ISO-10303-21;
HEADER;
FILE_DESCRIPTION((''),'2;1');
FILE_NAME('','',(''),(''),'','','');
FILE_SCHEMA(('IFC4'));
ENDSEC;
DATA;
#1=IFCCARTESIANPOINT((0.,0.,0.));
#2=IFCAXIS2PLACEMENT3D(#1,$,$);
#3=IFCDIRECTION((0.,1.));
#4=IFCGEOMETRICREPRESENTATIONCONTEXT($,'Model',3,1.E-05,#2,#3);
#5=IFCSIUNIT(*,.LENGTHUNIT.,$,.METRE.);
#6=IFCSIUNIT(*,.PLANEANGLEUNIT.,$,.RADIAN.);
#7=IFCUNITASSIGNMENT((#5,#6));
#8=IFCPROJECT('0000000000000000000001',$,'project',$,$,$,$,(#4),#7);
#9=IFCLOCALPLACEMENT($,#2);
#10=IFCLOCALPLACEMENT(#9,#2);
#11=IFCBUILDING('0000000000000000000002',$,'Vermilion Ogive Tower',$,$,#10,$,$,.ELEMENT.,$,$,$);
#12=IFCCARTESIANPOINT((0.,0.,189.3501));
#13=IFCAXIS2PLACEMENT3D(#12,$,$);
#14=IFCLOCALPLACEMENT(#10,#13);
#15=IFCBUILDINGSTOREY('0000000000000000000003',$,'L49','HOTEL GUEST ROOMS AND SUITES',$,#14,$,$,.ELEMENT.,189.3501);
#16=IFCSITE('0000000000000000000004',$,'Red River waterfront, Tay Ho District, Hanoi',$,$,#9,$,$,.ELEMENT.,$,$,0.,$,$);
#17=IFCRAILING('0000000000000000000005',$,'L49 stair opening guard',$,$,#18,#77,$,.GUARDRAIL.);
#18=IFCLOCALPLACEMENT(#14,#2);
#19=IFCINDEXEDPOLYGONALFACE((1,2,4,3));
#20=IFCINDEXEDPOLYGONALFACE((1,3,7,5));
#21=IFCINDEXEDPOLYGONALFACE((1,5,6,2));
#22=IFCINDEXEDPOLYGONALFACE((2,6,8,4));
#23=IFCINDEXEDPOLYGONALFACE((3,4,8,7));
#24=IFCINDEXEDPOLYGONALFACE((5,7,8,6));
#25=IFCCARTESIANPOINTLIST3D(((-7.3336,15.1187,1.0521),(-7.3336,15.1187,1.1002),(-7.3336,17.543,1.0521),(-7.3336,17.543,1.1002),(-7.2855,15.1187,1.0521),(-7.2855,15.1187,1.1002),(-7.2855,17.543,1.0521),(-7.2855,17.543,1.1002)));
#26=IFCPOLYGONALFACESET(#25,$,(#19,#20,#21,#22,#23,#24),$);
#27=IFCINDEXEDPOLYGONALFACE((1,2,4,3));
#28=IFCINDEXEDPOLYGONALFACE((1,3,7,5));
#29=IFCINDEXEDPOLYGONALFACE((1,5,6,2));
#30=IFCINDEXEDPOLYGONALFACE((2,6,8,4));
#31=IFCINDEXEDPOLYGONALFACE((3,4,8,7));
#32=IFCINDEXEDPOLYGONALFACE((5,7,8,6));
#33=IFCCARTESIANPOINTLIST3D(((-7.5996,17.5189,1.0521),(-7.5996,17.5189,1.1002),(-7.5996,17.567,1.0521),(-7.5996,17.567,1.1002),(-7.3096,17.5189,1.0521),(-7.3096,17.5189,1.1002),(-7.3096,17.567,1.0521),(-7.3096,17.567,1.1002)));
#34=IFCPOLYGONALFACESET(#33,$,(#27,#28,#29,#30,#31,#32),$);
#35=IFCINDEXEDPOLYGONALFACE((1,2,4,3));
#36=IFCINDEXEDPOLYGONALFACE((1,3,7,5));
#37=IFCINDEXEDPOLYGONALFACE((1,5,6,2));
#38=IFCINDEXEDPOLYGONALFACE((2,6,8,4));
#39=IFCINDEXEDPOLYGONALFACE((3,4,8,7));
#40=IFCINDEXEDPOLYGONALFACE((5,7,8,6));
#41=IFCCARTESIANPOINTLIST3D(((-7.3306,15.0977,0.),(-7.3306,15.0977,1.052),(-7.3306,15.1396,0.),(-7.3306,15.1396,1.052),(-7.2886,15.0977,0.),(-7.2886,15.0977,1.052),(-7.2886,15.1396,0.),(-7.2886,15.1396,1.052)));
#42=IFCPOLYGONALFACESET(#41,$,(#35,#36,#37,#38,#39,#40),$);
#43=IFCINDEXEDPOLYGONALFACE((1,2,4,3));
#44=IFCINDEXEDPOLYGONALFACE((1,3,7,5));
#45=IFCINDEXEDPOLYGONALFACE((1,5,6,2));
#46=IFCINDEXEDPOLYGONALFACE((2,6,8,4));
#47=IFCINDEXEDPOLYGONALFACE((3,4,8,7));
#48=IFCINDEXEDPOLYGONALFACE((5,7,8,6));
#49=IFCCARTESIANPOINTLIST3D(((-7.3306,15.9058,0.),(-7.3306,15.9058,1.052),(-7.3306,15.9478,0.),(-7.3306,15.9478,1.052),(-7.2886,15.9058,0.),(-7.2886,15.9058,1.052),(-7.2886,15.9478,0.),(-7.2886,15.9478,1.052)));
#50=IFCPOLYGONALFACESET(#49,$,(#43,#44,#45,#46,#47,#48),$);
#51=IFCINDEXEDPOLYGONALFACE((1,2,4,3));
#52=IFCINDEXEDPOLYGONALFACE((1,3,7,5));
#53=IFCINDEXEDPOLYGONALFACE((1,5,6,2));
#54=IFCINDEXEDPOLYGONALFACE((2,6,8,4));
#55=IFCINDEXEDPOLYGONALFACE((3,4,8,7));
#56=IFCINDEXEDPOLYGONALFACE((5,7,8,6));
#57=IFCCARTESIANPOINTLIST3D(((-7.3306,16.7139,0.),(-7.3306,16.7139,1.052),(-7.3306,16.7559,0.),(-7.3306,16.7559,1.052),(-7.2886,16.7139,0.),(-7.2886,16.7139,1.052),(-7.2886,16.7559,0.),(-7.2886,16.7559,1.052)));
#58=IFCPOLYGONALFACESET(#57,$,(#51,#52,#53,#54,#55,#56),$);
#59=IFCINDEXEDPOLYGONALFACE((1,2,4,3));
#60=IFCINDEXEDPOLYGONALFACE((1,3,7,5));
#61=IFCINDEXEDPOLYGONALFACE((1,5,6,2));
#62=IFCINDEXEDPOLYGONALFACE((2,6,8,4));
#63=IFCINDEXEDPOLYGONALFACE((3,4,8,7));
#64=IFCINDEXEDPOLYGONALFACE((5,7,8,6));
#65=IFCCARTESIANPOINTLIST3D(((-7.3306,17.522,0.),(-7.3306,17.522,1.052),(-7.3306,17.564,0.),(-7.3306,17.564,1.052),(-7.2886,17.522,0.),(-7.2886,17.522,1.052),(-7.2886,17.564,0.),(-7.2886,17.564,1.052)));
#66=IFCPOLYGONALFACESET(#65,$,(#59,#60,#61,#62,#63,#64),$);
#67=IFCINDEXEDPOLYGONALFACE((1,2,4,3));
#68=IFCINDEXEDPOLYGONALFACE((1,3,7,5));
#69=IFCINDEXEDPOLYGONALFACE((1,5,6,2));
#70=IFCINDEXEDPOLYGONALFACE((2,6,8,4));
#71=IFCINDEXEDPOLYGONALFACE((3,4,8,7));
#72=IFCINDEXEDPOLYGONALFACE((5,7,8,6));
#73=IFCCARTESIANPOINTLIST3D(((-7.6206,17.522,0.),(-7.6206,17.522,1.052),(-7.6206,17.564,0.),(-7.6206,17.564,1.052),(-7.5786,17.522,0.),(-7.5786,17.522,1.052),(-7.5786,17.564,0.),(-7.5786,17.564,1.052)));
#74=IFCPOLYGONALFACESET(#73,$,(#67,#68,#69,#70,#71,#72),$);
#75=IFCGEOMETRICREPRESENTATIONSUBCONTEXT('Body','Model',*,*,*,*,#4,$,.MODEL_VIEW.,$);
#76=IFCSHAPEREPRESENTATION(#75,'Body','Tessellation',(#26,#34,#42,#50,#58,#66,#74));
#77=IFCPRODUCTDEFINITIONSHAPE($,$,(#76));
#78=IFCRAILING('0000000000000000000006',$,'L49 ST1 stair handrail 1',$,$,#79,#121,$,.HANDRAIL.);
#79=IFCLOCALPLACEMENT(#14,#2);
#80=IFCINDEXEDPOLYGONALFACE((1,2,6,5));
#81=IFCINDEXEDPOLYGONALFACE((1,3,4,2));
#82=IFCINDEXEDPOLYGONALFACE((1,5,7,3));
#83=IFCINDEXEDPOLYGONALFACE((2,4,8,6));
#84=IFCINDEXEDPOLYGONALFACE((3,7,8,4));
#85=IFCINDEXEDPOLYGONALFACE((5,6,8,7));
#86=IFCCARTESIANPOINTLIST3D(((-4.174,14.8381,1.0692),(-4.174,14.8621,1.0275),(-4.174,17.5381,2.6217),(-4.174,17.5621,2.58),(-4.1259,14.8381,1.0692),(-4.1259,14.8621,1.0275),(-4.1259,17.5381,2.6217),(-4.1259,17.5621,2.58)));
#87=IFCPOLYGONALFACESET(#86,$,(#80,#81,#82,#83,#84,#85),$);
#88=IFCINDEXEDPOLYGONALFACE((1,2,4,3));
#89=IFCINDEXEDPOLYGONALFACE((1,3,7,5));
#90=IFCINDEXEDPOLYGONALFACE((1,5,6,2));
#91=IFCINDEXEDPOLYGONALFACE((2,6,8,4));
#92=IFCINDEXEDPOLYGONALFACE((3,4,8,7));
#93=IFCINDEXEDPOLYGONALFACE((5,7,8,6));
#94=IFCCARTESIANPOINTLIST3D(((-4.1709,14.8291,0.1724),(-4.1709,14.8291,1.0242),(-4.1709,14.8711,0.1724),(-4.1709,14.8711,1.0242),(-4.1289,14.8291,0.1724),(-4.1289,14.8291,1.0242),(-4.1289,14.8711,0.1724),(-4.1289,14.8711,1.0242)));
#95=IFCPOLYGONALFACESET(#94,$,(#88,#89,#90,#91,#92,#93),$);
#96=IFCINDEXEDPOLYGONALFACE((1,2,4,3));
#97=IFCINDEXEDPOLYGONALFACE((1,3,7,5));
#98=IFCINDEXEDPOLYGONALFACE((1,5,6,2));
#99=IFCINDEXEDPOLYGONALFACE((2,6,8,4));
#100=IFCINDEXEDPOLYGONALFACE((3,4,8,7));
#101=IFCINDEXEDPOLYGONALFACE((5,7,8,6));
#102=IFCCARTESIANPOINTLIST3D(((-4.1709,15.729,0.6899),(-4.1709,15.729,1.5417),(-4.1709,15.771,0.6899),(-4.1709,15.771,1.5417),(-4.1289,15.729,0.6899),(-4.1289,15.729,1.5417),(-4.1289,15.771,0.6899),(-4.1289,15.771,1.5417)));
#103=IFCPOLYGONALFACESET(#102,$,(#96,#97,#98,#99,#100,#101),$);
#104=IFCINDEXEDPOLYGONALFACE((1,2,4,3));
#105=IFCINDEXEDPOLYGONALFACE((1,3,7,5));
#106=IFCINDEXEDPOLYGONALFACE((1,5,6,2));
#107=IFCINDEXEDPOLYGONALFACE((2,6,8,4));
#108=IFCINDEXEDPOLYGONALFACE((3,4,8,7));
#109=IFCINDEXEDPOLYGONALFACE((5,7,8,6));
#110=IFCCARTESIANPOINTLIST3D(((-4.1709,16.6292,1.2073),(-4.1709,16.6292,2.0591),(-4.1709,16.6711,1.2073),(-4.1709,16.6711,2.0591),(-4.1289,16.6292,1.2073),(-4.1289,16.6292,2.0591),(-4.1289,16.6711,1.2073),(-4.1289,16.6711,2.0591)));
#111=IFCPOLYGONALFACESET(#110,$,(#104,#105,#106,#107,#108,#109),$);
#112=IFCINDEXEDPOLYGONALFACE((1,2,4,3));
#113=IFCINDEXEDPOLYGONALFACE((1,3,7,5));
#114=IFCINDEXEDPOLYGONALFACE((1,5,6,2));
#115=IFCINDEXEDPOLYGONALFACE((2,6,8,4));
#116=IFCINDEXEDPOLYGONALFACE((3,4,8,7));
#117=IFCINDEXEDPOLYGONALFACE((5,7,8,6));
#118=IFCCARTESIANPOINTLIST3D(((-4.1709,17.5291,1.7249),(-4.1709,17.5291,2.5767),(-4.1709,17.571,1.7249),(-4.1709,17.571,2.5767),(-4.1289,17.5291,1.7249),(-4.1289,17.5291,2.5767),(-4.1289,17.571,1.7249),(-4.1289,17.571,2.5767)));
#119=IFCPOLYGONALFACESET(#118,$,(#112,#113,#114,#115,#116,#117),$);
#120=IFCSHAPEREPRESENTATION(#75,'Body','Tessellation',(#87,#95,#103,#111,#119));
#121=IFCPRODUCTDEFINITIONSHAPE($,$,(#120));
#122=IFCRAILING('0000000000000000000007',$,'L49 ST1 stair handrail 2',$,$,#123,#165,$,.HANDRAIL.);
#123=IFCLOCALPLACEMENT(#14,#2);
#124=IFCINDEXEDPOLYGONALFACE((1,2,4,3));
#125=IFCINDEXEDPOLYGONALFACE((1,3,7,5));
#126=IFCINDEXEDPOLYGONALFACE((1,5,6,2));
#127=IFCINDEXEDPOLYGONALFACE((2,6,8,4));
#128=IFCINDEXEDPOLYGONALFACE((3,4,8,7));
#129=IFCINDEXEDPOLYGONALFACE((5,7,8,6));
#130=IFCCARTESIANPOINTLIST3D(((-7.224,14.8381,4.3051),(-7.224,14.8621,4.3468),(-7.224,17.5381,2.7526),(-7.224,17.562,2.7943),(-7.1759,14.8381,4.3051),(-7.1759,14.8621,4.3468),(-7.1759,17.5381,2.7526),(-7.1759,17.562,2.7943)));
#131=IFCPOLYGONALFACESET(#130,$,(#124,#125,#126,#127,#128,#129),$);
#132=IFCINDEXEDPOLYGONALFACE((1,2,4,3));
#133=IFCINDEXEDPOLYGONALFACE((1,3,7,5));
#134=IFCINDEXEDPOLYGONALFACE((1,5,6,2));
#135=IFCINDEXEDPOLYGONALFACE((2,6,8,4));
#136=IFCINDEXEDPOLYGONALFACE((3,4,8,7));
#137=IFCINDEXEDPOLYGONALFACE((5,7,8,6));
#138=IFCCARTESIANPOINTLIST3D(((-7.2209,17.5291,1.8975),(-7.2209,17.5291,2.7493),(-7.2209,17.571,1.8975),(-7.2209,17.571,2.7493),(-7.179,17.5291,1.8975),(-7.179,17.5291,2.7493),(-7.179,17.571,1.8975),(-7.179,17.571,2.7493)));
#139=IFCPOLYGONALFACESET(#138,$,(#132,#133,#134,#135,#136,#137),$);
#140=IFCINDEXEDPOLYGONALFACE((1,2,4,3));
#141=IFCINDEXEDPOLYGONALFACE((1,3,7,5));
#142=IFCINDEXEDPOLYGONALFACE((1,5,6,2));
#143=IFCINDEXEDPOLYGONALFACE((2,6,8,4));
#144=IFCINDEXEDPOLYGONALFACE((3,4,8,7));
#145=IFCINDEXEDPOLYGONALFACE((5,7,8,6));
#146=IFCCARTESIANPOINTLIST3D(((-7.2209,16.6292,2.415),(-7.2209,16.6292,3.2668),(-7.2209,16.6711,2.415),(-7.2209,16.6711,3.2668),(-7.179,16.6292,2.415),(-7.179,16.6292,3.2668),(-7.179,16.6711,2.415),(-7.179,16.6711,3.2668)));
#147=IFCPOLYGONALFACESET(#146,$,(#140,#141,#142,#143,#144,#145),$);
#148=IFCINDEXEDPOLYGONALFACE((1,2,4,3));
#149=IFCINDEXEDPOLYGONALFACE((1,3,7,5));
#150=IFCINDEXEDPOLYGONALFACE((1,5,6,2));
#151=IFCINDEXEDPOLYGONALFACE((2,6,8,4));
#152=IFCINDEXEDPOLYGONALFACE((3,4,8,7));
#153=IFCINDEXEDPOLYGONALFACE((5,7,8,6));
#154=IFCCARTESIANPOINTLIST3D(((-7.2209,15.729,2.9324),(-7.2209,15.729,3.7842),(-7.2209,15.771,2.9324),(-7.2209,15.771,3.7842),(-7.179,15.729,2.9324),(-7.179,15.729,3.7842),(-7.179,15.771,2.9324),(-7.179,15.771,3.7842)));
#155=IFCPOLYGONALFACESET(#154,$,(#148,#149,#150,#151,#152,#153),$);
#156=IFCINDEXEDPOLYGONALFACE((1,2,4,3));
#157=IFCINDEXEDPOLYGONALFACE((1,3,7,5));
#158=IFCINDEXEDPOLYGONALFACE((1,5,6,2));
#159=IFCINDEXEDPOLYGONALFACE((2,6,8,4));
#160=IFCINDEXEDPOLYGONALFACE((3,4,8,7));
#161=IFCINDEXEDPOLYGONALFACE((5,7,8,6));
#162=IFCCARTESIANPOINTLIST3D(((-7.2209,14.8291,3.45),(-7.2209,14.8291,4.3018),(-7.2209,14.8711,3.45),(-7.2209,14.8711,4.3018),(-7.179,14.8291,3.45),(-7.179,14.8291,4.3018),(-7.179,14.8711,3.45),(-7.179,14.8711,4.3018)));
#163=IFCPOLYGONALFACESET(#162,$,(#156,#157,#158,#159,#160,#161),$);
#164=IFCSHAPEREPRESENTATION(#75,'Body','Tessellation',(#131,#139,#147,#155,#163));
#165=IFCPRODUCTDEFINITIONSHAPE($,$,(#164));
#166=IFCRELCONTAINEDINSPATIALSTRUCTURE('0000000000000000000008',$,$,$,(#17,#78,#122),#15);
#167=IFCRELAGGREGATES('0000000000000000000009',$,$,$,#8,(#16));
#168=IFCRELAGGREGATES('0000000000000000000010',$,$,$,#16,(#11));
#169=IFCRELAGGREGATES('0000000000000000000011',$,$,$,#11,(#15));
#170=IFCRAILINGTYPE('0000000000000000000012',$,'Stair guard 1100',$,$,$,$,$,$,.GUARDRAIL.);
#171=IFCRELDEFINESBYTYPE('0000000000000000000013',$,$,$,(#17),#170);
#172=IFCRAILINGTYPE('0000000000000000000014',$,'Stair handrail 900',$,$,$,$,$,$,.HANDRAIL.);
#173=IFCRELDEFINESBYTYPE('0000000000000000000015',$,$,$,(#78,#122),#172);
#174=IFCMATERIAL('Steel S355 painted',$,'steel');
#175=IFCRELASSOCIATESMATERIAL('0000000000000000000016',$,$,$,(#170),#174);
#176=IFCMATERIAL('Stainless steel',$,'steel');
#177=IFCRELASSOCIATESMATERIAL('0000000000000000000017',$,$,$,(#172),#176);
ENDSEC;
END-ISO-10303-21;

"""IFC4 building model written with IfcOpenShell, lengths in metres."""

from ifc_helpers import new_model, si_unit, direction, frame, origin, origin_2d, place, context, subcontext, project, spatial, rectangle, extrude, material, type_object, element, save


model = new_model("IFC4")

# Units and contexts
model_context = context("Model", 3, precision=1e-05, world=origin(), true_north=direction((0.0, 1.0)))
body_context = subcontext(model_context, "Body", "Model", "MODEL_VIEW")
ifc_project = project(units=[si_unit("LENGTHUNIT", "METRE"), si_unit("PLANEANGLEUNIT", "RADIAN")], contexts=[model_context])

# Site, building, storey
site_placement = place(None, origin())
site = spatial("IfcSite", under=ifc_project, at=site_placement, Name="Red River waterfront, Tay Ho District, Hanoi", CompositionType="ELEMENT", RefElevation=0.0)
building_placement = place(site_placement, origin())
building = spatial("IfcBuilding", under=site, at=building_placement, Name="Vermilion Ogive Tower", CompositionType="ELEMENT")
storey_placement = place(building_placement, frame((0.0, 0.0, 189.3501)))
storey = spatial("IfcBuildingStorey", under=building, at=storey_placement, Name="L49", Description="HOTEL GUEST ROOMS AND SUITES", CompositionType="ELEMENT", Elevation=189.3501)

# Railings
ifc_material_1 = material(Name="Steel S355 painted", Category="steel")
railing_type_1 = type_object("IfcRailingType", Name="Stair guard 1100", PredefinedType="GUARDRAIL", material=ifc_material_1)
railing_1_placement = place(storey_placement, frame((-7.3096, 15.1187, 0.0)))
element("IfcRailing", 1, at=railing_1_placement, inside=storey, type_object=railing_type_1, Name="L49 stair opening guard", PredefinedType="GUARDRAIL", context=body_context, shape_type="SweptSolid", body=[
    extrude(rectangle(XDim=0.0481, YDim=0.0481, at=origin_2d()), frame((0.0, 0.0, 1.0762), z_axis=(0.0, 1.0, 0.0), x_axis=(-1.0, 0.0, 0.0)), (0.0, 0.0, 1.0), 2.4243),
    extrude(rectangle(XDim=0.0481, YDim=0.0481, at=origin_2d()), frame((0.0, 2.4243, 1.0762), z_axis=(-1.0, 0.0, 0.0), x_axis=(0.0, -1.0, 0.0)), (0.0, 0.0, 1.0), 0.29),
    extrude(rectangle(XDim=0.042, YDim=0.042, at=origin_2d()), origin(), (0.0, 0.0, 1.0), 1.052),
    extrude(rectangle(XDim=0.042, YDim=0.042, at=origin_2d()), frame((0.0, 0.8081, 0.0)), (0.0, 0.0, 1.0), 1.052),
    extrude(rectangle(XDim=0.042, YDim=0.042, at=origin_2d()), frame((0.0, 1.6162, 0.0)), (0.0, 0.0, 1.0), 1.052),
    extrude(rectangle(XDim=0.042, YDim=0.042, at=origin_2d()), frame((0.0, 2.4243, 0.0)), (0.0, 0.0, 1.0), 1.052),
    extrude(rectangle(XDim=0.042, YDim=0.042, at=origin_2d()), frame((-0.29, 2.4243, 0.0)), (0.0, 0.0, 1.0), 1.052),
])
ifc_material_2 = material(Name="Stainless steel", Category="steel")
railing_type_2 = type_object("IfcRailingType", Name="Stair handrail 900", PredefinedType="HANDRAIL", material=ifc_material_2)
railing_2_placement = place(storey_placement, frame((-4.1499, 14.8501, 0.1724)))
element("IfcRailing", 2, at=railing_2_placement, inside=storey, type_object=railing_type_2, Name="L49 ST1 stair handrail 1", PredefinedType="HANDRAIL", context=body_context, shape_type="SweptSolid", body=[
    extrude(rectangle(XDim=0.0481, YDim=0.0481, at=origin_2d()), frame((0.0, 0.0, 0.876), z_axis=(0.0, 0.866904, 0.498476), x_axis=(-1.0, 0.0, 0.0)), (0.0, 0.0, 1.0), 3.1145),
    extrude(rectangle(XDim=0.042, YDim=0.042, at=origin_2d()), origin(), (0.0, 0.0, 1.0), 0.8518),
    extrude(rectangle(XDim=0.042, YDim=0.042, at=origin_2d()), frame((0.0, 0.8999, 0.5176)), (0.0, 0.0, 1.0), 0.8518),
    extrude(rectangle(XDim=0.042, YDim=0.042, at=origin_2d()), frame((0.0, 1.8, 1.0349)), (0.0, 0.0, 1.0), 0.8518),
    extrude(rectangle(XDim=0.042, YDim=0.042, at=origin_2d()), frame((0.0, 2.7, 1.5525)), (0.0, 0.0, 1.0), 0.8518),
])
railing_3_placement = place(storey_placement, frame((-7.2, 17.55, 1.8975)))
element("IfcRailing", 3, at=railing_3_placement, inside=storey, type_object=railing_type_2, Name="L49 ST1 stair handrail 2", PredefinedType="HANDRAIL", context=body_context, shape_type="SweptSolid", body=[
    extrude(rectangle(XDim=0.0481, YDim=0.0481, at=origin_2d()), frame((0.0, 0.0, 0.876), z_axis=(0.0, -0.866904, 0.498476), x_axis=(1.0, 0.0, 0.0)), (0.0, 0.0, 1.0), 3.1145),
    extrude(rectangle(XDim=0.042, YDim=0.042, at=origin_2d()), origin(), (0.0, 0.0, 1.0), 0.8518),
    extrude(rectangle(XDim=0.042, YDim=0.042, at=origin_2d()), frame((0.0, -0.8999, 0.5176)), (0.0, 0.0, 1.0), 0.8518),
    extrude(rectangle(XDim=0.042, YDim=0.042, at=origin_2d()), frame((0.0, -1.8, 1.0349)), (0.0, 0.0, 1.0), 0.8518),
    extrude(rectangle(XDim=0.042, YDim=0.042, at=origin_2d()), frame((0.0, -2.7, 1.5525)), (0.0, 0.0, 1.0), 0.8518),
])

save(model, "model.ifc")
